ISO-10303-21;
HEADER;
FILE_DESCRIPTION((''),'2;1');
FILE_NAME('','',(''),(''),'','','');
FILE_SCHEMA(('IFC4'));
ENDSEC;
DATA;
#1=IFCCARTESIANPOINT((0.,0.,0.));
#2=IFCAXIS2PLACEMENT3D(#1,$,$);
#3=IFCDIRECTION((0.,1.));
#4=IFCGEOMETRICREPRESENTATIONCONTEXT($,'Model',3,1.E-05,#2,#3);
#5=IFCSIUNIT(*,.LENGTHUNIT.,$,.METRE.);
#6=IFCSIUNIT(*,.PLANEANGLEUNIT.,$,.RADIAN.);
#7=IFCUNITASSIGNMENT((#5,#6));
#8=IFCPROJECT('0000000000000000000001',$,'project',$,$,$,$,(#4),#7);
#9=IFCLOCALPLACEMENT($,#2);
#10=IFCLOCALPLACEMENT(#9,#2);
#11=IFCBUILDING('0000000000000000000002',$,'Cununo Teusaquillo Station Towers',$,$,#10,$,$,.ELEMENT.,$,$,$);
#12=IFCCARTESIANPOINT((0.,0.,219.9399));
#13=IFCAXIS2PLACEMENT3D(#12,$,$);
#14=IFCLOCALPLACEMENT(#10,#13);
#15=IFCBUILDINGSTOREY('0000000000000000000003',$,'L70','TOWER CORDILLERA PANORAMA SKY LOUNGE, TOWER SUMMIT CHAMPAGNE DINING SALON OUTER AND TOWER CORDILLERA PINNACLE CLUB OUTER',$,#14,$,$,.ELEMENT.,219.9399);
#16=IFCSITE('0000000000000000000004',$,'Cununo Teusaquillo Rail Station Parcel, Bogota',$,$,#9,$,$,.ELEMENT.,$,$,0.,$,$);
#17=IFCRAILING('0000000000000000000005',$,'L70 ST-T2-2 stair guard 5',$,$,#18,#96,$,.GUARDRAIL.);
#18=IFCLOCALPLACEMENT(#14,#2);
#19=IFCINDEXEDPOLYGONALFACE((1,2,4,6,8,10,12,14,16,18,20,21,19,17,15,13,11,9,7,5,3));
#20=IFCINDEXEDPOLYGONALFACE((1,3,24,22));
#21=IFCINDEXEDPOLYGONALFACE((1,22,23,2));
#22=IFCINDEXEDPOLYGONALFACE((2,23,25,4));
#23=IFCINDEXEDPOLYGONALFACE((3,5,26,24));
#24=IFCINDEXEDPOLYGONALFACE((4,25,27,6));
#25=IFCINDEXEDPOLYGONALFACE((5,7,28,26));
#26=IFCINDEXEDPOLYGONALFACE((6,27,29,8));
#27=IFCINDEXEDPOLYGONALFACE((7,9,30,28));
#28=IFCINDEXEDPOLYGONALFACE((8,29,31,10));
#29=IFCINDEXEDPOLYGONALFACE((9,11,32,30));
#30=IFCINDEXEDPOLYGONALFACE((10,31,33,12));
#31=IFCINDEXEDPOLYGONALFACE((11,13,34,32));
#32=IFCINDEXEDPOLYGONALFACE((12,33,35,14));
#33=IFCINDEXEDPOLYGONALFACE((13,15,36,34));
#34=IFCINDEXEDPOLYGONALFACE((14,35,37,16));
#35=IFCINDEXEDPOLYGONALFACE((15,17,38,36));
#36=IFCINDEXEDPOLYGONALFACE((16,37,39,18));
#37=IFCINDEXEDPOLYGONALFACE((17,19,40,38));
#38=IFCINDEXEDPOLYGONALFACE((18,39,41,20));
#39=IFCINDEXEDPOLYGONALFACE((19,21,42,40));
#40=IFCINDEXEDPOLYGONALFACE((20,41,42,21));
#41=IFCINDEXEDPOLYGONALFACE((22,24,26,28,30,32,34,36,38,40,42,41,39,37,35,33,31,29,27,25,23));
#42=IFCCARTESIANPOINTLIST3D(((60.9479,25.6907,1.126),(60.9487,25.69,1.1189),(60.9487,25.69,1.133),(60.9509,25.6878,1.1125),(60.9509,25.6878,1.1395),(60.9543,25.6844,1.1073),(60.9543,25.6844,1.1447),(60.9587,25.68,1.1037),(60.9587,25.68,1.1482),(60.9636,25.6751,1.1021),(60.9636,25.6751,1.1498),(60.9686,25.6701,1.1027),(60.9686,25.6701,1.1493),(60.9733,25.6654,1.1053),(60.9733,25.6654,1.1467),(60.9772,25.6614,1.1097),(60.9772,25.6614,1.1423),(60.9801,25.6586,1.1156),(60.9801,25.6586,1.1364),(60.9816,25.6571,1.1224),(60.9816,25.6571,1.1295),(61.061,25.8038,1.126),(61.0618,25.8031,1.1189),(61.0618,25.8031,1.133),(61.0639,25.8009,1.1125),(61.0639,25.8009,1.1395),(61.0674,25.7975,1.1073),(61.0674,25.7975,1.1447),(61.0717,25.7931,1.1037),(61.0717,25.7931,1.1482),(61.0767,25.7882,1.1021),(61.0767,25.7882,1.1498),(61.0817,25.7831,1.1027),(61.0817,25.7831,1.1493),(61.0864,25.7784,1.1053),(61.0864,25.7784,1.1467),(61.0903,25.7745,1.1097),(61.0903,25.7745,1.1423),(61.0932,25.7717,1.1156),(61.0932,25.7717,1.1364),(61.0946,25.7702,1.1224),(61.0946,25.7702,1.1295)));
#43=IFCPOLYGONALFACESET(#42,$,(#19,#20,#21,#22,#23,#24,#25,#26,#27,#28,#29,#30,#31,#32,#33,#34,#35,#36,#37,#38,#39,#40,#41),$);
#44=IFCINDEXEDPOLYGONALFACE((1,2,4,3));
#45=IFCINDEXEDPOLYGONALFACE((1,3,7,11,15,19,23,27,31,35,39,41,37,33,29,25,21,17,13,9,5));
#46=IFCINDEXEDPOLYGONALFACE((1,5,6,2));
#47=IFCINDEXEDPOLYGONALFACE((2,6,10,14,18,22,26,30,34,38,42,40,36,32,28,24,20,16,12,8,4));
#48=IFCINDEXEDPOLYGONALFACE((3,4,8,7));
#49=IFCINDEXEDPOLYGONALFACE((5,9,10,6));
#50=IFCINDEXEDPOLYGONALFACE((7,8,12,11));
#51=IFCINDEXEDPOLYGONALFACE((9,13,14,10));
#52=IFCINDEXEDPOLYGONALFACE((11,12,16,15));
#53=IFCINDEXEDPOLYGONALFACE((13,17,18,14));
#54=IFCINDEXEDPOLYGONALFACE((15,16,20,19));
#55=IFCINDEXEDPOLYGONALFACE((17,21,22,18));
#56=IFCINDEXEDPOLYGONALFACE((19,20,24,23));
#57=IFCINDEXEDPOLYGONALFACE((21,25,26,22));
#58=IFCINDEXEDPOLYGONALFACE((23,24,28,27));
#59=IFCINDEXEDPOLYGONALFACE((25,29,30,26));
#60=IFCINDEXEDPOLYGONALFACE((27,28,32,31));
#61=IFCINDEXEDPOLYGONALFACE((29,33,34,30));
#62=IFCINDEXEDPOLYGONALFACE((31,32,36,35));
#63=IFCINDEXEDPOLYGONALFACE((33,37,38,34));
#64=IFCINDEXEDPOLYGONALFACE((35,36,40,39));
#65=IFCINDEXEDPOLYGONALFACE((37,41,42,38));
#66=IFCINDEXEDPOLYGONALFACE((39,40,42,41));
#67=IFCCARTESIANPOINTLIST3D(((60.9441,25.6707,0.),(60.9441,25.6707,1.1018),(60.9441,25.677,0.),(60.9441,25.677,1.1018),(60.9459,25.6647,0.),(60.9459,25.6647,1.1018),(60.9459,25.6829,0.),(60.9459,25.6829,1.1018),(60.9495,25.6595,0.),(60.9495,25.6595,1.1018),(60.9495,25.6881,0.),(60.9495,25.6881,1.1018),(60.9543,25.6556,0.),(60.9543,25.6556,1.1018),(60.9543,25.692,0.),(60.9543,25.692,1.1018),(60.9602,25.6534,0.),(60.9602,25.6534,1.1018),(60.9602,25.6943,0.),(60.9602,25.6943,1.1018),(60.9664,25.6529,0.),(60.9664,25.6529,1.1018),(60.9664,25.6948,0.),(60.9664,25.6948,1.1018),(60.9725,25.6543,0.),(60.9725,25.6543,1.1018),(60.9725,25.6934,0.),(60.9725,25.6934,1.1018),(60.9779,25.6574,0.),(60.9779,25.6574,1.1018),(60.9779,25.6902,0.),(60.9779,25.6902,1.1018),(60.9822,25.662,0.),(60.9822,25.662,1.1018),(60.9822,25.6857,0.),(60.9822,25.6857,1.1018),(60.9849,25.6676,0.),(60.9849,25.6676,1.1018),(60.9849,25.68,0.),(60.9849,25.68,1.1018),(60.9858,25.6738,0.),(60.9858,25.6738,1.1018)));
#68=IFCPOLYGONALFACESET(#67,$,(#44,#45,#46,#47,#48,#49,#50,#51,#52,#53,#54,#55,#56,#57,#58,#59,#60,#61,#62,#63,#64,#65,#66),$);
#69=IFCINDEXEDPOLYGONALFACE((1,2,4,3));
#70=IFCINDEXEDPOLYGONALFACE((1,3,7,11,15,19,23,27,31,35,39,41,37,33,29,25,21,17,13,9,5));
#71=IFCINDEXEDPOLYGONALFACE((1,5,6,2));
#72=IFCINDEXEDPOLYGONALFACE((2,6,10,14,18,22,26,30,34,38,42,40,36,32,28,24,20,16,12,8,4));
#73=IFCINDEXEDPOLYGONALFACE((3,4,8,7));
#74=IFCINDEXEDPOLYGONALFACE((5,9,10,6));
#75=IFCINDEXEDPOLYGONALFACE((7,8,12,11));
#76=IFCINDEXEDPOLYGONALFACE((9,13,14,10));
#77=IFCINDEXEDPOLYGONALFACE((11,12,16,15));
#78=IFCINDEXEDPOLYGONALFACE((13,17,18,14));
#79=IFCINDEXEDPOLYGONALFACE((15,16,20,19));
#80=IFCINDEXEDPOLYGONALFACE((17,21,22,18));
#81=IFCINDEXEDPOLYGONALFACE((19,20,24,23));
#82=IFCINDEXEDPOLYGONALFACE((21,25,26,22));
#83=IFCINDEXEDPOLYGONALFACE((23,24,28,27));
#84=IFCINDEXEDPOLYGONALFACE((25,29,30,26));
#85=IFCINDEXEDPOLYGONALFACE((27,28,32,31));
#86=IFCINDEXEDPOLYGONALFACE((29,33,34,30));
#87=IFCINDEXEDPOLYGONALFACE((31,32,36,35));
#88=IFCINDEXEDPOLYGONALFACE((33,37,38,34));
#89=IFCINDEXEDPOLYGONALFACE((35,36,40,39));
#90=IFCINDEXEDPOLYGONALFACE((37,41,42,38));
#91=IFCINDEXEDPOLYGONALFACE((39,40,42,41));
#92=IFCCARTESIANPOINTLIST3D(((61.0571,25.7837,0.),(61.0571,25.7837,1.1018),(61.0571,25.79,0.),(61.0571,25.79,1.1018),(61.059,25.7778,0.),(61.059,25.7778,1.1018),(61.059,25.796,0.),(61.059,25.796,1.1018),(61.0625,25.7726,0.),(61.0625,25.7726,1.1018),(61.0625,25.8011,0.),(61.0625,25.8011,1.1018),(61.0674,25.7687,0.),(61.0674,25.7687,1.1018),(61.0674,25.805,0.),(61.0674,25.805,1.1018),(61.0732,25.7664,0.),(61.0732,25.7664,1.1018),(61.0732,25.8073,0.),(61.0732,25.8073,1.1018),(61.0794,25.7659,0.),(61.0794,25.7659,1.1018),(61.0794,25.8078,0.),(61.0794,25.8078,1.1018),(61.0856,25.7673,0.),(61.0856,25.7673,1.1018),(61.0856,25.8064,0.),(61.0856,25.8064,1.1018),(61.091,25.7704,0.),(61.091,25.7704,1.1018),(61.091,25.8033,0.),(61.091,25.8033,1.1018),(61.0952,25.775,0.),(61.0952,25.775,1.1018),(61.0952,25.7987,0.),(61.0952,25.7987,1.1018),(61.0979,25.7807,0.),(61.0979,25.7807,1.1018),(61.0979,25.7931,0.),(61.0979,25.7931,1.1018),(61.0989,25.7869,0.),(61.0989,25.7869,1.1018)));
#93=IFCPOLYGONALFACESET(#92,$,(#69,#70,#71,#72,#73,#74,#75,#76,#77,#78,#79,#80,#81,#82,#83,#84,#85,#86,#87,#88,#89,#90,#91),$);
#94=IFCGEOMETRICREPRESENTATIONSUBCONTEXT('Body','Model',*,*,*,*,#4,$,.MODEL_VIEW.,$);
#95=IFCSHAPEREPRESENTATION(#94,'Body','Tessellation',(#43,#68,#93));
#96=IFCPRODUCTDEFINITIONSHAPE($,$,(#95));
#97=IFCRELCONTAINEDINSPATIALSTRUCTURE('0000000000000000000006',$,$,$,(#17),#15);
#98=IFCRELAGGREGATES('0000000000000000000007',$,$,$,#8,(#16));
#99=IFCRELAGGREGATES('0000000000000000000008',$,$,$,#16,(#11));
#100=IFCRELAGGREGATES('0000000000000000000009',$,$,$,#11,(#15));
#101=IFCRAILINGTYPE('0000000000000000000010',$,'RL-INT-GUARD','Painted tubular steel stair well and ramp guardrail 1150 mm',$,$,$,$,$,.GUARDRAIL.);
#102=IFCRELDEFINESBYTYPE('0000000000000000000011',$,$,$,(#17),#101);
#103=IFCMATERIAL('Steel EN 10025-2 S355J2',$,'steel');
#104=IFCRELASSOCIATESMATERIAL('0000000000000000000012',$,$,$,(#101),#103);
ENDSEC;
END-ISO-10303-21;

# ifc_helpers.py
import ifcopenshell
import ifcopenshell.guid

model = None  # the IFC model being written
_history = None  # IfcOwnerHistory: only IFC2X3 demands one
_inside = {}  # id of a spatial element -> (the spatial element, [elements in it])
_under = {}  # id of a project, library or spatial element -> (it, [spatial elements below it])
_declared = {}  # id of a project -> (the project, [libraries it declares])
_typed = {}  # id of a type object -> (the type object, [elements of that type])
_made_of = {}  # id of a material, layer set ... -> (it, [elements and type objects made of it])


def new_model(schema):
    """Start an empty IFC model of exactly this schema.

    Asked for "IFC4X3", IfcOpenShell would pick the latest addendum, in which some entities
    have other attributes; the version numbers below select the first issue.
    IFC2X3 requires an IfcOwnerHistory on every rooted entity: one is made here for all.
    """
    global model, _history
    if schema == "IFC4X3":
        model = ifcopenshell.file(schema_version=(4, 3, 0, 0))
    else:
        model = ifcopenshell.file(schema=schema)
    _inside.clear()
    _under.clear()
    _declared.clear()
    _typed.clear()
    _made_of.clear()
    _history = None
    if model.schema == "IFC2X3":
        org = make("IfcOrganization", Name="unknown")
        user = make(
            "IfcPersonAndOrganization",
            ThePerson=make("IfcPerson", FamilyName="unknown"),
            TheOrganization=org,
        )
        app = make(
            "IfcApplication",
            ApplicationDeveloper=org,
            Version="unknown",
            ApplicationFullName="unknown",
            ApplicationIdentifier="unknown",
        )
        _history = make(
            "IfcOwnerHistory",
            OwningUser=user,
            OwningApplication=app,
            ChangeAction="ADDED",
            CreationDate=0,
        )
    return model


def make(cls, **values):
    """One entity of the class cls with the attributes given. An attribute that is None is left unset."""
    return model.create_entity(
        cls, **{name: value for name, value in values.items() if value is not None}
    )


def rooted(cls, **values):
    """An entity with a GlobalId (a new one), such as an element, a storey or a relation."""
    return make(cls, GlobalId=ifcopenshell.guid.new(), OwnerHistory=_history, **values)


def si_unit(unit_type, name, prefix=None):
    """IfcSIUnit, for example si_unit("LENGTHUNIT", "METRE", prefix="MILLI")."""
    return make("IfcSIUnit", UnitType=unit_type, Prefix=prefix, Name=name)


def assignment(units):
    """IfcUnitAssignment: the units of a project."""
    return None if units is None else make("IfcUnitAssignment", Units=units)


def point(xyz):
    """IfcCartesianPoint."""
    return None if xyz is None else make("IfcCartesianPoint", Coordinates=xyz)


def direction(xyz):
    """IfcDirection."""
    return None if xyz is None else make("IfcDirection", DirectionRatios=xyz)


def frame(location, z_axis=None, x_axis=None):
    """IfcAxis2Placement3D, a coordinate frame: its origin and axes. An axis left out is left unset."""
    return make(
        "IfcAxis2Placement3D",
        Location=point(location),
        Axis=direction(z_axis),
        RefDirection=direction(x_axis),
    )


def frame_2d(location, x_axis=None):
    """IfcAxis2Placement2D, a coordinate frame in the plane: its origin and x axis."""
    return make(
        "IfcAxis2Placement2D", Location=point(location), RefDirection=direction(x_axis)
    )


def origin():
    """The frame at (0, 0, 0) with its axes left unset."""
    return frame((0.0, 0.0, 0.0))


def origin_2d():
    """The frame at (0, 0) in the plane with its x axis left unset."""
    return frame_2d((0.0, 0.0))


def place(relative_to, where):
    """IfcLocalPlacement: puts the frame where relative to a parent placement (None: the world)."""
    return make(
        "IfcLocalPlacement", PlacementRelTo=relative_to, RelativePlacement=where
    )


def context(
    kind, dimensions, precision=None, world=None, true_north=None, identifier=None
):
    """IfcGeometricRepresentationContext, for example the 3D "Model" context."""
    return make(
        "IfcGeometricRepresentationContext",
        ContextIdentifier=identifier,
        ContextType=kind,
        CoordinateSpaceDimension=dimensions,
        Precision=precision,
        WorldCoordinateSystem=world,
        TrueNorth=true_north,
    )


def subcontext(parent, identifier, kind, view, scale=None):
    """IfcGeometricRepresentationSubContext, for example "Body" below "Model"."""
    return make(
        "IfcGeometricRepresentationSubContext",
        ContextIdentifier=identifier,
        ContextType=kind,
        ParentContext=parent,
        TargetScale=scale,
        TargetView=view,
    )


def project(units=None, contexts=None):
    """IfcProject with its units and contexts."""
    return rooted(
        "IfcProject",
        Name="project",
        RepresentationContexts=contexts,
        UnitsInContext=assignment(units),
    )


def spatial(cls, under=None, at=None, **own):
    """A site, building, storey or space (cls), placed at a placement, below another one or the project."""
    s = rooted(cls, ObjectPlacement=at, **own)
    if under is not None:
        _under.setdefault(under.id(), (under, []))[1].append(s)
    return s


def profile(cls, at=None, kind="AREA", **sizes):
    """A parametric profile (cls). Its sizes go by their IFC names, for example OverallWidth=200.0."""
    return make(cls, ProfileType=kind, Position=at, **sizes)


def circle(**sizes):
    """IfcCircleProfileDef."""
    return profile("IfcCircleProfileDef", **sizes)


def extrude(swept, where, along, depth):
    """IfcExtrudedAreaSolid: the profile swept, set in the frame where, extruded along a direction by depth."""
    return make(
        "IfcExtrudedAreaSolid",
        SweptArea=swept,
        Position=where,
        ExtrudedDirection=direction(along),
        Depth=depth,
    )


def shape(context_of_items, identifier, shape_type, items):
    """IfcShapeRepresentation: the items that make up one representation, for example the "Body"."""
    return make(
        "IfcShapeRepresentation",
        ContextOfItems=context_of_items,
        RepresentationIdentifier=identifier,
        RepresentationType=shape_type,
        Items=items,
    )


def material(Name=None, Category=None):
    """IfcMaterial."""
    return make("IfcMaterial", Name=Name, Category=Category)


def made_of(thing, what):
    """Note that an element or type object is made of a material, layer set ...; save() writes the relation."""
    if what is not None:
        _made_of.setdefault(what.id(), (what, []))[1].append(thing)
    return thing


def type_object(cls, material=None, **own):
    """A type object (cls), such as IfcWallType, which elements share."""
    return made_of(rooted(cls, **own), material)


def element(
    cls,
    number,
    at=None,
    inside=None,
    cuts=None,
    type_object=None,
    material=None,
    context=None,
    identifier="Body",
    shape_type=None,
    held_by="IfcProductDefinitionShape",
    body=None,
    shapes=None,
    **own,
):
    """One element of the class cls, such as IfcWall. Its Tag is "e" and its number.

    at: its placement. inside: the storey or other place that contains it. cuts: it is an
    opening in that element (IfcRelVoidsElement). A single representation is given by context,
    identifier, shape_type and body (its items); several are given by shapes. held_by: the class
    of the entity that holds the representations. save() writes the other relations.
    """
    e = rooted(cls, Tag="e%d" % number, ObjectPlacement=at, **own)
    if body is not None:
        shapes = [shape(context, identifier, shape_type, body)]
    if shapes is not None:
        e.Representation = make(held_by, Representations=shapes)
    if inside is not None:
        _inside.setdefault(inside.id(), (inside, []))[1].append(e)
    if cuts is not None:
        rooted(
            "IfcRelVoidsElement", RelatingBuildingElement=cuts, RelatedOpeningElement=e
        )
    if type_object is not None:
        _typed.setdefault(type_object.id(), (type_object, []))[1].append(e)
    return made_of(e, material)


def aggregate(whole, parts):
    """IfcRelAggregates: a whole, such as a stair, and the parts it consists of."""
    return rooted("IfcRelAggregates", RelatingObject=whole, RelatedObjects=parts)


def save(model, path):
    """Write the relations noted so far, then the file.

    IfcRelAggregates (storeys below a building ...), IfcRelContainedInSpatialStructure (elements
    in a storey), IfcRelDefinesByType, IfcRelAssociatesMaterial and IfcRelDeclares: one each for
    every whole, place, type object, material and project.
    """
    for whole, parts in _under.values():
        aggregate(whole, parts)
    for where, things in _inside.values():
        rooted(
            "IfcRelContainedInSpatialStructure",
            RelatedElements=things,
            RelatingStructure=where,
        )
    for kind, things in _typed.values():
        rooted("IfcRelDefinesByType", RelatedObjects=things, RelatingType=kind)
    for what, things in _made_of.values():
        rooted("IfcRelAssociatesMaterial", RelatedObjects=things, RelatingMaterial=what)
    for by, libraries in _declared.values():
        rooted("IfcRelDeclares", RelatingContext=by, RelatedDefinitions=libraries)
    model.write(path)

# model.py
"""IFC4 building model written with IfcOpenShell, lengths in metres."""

from ifc_helpers import new_model, si_unit, direction, frame, origin, origin_2d, place, context, subcontext, project, spatial, circle, extrude, material, type_object, element, save


model = new_model("IFC4")

# Units and contexts
model_context = context("Model", 3, precision=1e-05, world=origin(), true_north=direction((0.0, 1.0)))
body_context = subcontext(model_context, "Body", "Model", "MODEL_VIEW")
ifc_project = project(units=[si_unit("LENGTHUNIT", "METRE"), si_unit("PLANEANGLEUNIT", "RADIAN")], contexts=[model_context])

# Site, building, storey
site_placement = place(None, origin())
site = spatial("IfcSite", under=ifc_project, at=site_placement, Name="Cununo Teusaquillo Rail Station Parcel, Bogota", CompositionType="ELEMENT", RefElevation=0.0)
building_placement = place(site_placement, origin())
building = spatial("IfcBuilding", under=site, at=building_placement, Name="Cununo Teusaquillo Station Towers", CompositionType="ELEMENT")
storey_placement = place(building_placement, frame((0.0, 0.0, 219.9399)))
storey = spatial("IfcBuildingStorey", under=building, at=storey_placement, Name="L70", Description="TOWER CORDILLERA PANORAMA SKY LOUNGE, TOWER SUMMIT CHAMPAGNE DINING SALON OUTER AND TOWER CORDILLERA PINNACLE CLUB OUTER", CompositionType="ELEMENT", Elevation=219.9399)

# Railing
ifc_material_1 = material(Name="Steel EN 10025-2 S355J2", Category="steel")
railing_type_1 = type_object("IfcRailingType", Name="RL-INT-GUARD", Description="Painted tubular steel stair well and ramp guardrail 1150 mm", PredefinedType="GUARDRAIL", material=ifc_material_1)
railing_1_placement = place(storey_placement, frame((60.9648, 25.6738, 0.0)))
element("IfcRailing", 1, at=railing_1_placement, inside=storey, type_object=railing_type_1, Name="L70 ST-T2-2 stair guard 5", PredefinedType="GUARDRAIL", context=body_context, shape_type="SweptSolid", body=[
    extrude(circle(Radius=0.0239, at=origin_2d()), frame((0.0, 0.0, 1.126), z_axis=(0.707107, 0.707107, 0.0), x_axis=(-0.707107, 0.707107, 0.0)), (0.0, 0.0, 1.0), 0.1599),
    extrude(circle(Radius=0.021, at=origin_2d()), origin(), (0.0, 0.0, 1.0), 1.1018),
    extrude(circle(Radius=0.021, at=origin_2d()), frame((0.113, 0.113, 0.0)), (0.0, 0.0, 1.0), 1.1018),
])

save(model, "model.ifc")
